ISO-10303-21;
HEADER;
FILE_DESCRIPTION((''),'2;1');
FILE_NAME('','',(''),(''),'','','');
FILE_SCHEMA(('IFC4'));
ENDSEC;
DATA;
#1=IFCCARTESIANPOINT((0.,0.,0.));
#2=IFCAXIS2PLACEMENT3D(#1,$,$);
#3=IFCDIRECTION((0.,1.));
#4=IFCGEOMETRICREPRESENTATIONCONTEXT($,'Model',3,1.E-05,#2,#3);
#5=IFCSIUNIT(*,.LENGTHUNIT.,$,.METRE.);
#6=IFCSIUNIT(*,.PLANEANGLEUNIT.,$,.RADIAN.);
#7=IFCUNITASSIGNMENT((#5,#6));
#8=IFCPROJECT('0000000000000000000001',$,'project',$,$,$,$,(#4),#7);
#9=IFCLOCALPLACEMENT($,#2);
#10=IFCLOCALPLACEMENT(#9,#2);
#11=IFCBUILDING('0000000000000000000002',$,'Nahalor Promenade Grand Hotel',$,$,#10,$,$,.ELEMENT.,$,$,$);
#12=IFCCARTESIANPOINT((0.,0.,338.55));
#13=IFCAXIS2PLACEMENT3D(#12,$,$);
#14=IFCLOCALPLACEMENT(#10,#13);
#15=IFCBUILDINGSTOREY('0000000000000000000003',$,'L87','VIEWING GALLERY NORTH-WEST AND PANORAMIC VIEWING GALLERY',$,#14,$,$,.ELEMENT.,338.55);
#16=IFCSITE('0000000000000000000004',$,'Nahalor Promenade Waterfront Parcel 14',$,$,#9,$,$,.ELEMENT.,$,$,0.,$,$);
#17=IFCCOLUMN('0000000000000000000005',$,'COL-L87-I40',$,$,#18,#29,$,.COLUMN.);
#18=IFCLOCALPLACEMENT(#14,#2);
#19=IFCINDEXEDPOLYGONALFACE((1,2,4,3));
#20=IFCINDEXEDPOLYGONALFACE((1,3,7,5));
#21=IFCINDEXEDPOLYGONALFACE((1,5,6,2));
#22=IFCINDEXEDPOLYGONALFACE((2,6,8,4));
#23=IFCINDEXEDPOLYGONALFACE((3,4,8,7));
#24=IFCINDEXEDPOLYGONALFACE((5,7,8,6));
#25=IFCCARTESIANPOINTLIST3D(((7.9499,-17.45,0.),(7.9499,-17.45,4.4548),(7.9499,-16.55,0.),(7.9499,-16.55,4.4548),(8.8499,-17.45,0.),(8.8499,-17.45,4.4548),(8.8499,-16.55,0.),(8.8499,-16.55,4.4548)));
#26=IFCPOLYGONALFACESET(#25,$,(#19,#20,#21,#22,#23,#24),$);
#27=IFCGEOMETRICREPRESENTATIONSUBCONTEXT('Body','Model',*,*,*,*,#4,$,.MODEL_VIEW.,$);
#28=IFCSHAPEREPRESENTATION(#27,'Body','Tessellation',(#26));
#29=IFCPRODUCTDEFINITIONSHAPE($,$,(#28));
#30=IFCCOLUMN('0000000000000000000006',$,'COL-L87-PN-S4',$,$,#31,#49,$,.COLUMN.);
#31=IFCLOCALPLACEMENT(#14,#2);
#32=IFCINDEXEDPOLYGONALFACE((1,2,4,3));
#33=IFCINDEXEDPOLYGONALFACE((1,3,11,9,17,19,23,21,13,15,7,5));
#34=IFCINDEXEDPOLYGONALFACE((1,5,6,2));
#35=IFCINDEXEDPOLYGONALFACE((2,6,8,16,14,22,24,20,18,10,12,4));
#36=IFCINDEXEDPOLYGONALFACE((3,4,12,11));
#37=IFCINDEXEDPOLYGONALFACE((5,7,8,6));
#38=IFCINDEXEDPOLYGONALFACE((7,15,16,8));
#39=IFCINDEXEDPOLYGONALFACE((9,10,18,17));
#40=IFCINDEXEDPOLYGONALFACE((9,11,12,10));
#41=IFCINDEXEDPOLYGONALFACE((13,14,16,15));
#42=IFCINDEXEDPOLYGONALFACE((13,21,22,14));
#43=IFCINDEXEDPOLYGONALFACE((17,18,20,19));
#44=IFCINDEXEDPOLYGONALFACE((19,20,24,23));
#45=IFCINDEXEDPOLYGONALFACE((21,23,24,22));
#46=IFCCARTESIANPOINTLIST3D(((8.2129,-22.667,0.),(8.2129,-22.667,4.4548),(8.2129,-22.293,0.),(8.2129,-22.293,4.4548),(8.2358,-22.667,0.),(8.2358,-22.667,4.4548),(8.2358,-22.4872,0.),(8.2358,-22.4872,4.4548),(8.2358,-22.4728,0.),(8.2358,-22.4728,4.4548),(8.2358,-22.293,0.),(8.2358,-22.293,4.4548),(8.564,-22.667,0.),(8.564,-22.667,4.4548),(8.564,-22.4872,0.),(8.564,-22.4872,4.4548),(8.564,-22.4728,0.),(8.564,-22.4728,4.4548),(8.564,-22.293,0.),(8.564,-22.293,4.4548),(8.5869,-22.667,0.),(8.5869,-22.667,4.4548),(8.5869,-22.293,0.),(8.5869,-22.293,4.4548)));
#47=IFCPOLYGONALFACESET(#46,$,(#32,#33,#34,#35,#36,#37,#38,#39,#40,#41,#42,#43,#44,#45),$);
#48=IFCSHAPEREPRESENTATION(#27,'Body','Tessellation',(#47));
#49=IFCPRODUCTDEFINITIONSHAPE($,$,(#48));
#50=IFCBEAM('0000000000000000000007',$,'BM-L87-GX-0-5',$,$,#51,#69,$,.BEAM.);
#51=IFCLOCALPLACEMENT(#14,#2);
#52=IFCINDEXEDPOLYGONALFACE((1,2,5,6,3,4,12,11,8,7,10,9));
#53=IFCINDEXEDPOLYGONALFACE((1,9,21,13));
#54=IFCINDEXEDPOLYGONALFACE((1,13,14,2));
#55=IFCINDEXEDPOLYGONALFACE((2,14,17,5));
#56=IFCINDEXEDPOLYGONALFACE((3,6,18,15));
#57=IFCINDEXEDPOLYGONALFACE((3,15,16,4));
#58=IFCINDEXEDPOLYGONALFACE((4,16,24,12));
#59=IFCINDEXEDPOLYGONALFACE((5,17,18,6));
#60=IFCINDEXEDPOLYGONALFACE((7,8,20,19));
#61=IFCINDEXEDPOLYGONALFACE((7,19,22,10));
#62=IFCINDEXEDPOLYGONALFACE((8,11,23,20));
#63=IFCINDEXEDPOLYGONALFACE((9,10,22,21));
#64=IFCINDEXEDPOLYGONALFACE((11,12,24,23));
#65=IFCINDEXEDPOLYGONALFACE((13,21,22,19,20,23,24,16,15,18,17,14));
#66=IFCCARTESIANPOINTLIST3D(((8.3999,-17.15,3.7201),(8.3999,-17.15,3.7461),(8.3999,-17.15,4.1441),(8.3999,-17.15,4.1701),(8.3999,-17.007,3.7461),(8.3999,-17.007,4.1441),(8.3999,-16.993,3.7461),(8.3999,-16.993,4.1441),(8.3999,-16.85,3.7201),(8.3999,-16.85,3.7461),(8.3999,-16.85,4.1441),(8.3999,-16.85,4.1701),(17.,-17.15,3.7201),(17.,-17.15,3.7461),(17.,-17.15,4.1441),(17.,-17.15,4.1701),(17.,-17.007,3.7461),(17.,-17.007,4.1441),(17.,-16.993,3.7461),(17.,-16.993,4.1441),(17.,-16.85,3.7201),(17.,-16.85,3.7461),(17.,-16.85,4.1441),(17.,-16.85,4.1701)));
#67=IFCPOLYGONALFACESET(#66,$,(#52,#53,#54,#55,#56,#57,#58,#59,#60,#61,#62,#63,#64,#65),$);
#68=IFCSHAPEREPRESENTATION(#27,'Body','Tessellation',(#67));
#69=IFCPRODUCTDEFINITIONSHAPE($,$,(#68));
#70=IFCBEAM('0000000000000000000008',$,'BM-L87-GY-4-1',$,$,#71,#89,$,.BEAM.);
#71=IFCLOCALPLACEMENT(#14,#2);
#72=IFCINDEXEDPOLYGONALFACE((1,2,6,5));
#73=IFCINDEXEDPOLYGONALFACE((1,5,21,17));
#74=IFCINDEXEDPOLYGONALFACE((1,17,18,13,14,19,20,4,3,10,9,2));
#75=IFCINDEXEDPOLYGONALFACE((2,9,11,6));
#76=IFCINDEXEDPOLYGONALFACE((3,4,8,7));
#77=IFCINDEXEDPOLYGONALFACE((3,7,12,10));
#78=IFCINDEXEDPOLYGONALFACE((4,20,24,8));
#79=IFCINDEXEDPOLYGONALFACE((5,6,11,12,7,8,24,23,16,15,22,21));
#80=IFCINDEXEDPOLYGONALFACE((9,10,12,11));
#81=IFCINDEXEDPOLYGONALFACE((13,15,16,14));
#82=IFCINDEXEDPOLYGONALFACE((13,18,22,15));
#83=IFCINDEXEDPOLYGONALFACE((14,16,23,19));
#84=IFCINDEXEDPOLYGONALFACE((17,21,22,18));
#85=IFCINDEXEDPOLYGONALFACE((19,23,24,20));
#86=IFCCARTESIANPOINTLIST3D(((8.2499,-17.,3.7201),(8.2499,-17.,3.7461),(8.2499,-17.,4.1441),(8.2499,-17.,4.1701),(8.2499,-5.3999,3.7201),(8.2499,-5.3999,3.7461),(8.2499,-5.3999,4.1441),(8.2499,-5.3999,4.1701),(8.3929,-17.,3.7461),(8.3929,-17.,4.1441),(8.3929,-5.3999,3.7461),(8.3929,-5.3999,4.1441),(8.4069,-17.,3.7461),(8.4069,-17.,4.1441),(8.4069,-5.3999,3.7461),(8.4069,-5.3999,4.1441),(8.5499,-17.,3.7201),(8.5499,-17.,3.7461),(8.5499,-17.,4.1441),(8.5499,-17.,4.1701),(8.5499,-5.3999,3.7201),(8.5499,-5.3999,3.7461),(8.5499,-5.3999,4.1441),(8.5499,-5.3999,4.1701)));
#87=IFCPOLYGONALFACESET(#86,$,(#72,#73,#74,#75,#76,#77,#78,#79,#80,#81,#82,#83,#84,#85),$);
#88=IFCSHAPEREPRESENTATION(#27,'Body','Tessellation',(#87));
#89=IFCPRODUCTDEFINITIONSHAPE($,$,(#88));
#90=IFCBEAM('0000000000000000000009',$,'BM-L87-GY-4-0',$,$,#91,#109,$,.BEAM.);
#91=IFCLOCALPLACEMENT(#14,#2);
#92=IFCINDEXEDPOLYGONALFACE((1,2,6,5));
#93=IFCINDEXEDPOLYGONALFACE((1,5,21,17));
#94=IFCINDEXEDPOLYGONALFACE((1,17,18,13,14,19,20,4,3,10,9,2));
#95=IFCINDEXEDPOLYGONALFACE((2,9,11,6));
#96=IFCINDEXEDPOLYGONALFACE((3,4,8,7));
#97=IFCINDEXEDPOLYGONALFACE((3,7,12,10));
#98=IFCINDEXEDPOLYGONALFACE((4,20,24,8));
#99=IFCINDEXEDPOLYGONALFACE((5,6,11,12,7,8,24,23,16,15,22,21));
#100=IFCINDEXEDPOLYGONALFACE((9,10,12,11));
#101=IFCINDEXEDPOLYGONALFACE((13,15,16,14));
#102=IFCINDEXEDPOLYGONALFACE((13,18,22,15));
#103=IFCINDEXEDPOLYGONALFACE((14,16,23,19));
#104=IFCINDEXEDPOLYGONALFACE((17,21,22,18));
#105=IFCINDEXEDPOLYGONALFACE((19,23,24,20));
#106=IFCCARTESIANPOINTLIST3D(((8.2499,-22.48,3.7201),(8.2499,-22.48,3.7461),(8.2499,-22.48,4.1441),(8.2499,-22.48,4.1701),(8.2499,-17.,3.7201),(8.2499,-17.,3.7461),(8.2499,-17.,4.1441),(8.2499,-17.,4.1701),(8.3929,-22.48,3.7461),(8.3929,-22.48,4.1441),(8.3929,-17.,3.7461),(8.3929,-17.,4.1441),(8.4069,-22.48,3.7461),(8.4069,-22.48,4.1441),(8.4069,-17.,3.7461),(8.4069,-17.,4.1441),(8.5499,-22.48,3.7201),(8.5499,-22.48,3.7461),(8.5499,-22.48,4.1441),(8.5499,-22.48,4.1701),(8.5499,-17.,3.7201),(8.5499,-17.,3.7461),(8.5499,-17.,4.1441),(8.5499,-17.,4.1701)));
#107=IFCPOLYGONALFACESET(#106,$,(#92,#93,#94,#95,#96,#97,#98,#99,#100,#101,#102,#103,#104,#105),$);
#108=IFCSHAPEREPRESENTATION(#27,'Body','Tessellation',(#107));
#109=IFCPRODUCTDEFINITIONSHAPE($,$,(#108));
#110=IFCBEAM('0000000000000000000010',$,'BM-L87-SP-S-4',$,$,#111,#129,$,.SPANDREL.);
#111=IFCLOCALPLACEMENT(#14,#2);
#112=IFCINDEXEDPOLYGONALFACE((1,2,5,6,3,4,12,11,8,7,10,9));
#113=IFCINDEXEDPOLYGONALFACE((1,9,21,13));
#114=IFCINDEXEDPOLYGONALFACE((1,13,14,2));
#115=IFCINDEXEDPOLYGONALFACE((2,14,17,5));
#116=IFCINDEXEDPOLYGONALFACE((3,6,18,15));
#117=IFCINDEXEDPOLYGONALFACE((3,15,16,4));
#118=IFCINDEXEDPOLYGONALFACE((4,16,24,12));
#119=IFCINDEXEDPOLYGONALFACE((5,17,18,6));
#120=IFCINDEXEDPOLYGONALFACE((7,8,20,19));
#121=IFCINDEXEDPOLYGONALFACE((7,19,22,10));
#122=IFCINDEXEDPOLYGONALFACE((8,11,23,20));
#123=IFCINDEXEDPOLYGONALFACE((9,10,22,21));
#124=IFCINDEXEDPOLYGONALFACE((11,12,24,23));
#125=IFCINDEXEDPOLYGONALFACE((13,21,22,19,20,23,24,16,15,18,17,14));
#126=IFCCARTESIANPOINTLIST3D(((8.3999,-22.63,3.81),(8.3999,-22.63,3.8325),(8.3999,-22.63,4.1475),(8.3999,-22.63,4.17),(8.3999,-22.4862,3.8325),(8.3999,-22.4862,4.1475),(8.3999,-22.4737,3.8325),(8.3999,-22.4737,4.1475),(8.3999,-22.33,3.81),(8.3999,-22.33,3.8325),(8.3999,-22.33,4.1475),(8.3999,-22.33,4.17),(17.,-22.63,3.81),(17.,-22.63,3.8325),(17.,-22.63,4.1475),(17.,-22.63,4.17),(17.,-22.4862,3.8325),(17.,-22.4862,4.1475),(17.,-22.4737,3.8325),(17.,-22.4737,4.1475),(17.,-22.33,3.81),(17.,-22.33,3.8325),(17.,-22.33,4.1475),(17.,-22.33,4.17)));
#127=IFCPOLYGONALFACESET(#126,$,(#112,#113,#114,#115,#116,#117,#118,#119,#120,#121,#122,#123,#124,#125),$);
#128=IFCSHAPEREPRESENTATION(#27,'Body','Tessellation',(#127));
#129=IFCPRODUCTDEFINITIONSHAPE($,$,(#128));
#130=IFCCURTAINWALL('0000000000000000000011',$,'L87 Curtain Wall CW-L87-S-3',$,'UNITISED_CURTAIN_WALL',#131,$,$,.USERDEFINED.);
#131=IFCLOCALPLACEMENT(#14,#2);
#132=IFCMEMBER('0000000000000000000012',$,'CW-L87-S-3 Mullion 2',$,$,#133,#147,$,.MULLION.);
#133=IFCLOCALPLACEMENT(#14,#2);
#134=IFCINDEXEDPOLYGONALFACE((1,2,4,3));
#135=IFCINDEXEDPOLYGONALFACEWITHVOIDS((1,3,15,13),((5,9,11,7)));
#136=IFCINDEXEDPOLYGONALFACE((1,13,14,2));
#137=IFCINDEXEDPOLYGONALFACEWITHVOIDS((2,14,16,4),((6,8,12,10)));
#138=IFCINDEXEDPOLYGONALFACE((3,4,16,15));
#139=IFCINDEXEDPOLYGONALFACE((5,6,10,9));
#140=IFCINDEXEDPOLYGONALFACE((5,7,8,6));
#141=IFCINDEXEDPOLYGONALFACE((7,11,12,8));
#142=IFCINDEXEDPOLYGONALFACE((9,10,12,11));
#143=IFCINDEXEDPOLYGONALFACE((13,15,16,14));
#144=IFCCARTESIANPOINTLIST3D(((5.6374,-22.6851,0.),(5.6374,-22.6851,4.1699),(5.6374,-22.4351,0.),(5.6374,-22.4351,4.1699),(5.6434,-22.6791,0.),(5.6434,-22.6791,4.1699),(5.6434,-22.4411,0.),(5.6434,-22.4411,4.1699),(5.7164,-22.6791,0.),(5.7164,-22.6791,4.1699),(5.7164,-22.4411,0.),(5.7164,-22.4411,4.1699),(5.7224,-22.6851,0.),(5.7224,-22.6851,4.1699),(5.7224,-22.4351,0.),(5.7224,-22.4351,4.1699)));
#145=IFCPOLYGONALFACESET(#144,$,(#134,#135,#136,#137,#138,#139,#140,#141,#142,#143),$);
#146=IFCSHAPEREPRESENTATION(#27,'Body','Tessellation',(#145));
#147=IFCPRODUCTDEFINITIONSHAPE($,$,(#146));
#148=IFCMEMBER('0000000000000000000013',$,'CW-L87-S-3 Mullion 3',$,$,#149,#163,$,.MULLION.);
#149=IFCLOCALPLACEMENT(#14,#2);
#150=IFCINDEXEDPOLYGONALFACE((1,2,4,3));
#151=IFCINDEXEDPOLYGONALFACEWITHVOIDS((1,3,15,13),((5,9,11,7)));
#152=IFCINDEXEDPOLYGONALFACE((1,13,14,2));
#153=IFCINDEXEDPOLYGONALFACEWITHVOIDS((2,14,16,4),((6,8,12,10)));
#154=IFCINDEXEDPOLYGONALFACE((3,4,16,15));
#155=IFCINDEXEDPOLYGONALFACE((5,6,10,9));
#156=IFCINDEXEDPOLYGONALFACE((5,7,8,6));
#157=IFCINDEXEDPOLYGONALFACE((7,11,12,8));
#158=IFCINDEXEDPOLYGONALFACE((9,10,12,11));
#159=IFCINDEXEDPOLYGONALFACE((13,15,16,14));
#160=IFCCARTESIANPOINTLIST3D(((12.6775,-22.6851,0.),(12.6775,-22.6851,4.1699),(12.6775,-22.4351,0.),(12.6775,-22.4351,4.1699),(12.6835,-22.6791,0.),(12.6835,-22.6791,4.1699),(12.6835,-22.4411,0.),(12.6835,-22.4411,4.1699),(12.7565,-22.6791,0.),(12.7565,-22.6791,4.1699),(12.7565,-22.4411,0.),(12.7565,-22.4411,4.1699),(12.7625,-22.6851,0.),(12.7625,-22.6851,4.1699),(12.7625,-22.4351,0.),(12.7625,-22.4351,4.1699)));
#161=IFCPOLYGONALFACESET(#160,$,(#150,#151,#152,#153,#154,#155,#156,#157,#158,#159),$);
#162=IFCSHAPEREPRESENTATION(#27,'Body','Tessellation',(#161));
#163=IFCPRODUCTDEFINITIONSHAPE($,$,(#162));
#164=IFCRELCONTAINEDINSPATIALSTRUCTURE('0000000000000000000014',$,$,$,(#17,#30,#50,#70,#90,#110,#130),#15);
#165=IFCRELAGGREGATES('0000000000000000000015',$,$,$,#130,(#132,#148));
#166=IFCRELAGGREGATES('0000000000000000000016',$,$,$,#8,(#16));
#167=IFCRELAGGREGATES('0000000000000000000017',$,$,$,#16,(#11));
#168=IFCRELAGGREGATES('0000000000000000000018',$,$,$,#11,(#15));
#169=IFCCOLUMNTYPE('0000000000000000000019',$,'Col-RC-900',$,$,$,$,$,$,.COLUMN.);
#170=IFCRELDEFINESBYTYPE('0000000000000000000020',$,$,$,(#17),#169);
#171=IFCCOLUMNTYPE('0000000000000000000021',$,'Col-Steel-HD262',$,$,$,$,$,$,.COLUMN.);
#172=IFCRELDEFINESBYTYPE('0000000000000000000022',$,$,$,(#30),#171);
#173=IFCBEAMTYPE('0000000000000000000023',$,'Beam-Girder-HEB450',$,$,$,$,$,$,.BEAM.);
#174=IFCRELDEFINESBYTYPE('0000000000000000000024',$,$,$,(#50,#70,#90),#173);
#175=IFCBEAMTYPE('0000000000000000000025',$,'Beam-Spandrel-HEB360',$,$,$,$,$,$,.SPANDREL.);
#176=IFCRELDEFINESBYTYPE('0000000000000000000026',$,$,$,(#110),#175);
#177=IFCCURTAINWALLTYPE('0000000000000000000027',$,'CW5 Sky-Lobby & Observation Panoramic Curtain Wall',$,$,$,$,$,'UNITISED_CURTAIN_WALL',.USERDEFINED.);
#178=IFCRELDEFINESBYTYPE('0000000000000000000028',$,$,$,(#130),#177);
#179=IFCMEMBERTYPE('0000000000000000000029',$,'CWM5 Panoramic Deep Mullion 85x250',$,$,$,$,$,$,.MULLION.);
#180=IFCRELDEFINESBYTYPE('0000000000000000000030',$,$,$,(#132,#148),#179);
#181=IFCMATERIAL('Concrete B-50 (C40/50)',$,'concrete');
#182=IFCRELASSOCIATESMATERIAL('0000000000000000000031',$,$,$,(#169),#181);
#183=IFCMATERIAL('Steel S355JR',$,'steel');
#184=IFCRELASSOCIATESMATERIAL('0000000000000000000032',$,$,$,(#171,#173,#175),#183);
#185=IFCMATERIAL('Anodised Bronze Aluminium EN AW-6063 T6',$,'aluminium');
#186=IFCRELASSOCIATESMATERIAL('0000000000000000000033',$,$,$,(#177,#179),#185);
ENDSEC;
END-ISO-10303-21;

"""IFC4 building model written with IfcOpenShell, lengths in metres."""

from ifc_helpers import new_model, si_unit, direction, frame, origin, origin_2d, place, context, subcontext, project, spatial, rectangle, hollow_rectangle, i_section, extrude, source, transform, mapped, material, material_profile, profile_set, type_object, element, aggregate, save


model = new_model("IFC4")

# Units and contexts
model_context = context("Model", 3, precision=1e-05, world=origin(), true_north=direction((0.0, 1.0)))
body_context = subcontext(model_context, "Body", "Model", "MODEL_VIEW")
ifc_project = project(units=[si_unit("LENGTHUNIT", "METRE"), si_unit("PLANEANGLEUNIT", "RADIAN")], contexts=[model_context])

# Site, building, storey
site_placement = place(None, origin())
site = spatial("IfcSite", under=ifc_project, at=site_placement, Name="Nahalor Promenade Waterfront Parcel 14", CompositionType="ELEMENT", RefElevation=0.0)
building_placement = place(site_placement, origin())
building = spatial("IfcBuilding", under=site, at=building_placement, Name="Nahalor Promenade Grand Hotel", CompositionType="ELEMENT")
storey_placement = place(building_placement, frame((0.0, 0.0, 338.55)))
storey = spatial("IfcBuildingStorey", under=building, at=storey_placement, Name="L87", Description="VIEWING GALLERY NORTH-WEST AND PANORAMIC VIEWING GALLERY", CompositionType="ELEMENT", Elevation=338.55)

# Columns
ifc_material_1 = material(Name="Concrete B-50 (C40/50)", Category="concrete")
ifc_material_profile_1 = material_profile(ifc_material_1, rectangle(XDim=0.9, YDim=0.9, at=origin_2d()), Name="RC 900x900")
ifc_profile_set_1 = profile_set([ifc_material_profile_1], Name="Concrete B-50 (C40/50)")
column_type_1 = type_object("IfcColumnType", Name="Col-RC-900", PredefinedType="COLUMN", material=ifc_profile_set_1)
shared_shape_1 = source(origin(), body_context, "Body", "SweptSolid", [
    extrude(rectangle(XDim=0.9, YDim=0.9, at=origin_2d()), origin(), (0.0, 0.0, 1.0), 4.4548),
])
column_1_placement = place(storey_placement, frame((8.3999, -17.0, 0.0), z_axis=(0.0, 0.0, 1.0), x_axis=(1.0, 0.0, 0.0)))
element("IfcColumn", 1, at=column_1_placement, inside=storey, type_object=column_type_1, Name="COL-L87-I40", PredefinedType="COLUMN", context=body_context, shape_type="MappedRepresentation", body=[
    mapped(shared_shape_1, transform((0.0, 0.0, 0.0), scale=1.0)),
])
ifc_material_2 = material(Name="Steel S355JR", Category="steel")
ifc_material_profile_2 = material_profile(ifc_material_2, i_section(OverallWidth=0.374, OverallDepth=0.374, WebThickness=0.0144, FlangeThickness=0.0229, at=origin_2d()), Name="HD 360x262")
ifc_profile_set_2 = profile_set([ifc_material_profile_2], Name="Steel S355JR")
column_type_2 = type_object("IfcColumnType", Name="Col-Steel-HD262", PredefinedType="COLUMN", material=ifc_profile_set_2)
shared_shape_2 = source(origin(), body_context, "Body", "SweptSolid", [
    extrude(i_section(OverallWidth=0.374, OverallDepth=0.374, WebThickness=0.0144, FlangeThickness=0.0229, at=origin_2d()), origin(), (0.0, 0.0, 1.0), 4.4548),
])
column_2_placement = place(storey_placement, frame((8.3999, -22.48, 0.0), z_axis=(0.0, 0.0, 1.0), x_axis=(0.0, 1.0, 0.0)))
element("IfcColumn", 2, at=column_2_placement, inside=storey, type_object=column_type_2, Name="COL-L87-PN-S4", PredefinedType="COLUMN", context=body_context, shape_type="MappedRepresentation", body=[
    mapped(shared_shape_2, transform((0.0, 0.0, 0.0), scale=1.0)),
])

# Beams
ifc_material_profile_3 = material_profile(ifc_material_2, i_section(OverallWidth=0.3, OverallDepth=0.45, WebThickness=0.014, FlangeThickness=0.026, at=origin_2d()), Name="HEB 450")
ifc_profile_set_3 = profile_set([ifc_material_profile_3], Name="Steel S355JR")
beam_type_1 = type_object("IfcBeamType", Name="Beam-Girder-HEB450", PredefinedType="BEAM", material=ifc_profile_set_3)
shared_shape_3 = source(origin(), body_context, "Body", "SweptSolid", [
    extrude(i_section(OverallWidth=0.3, OverallDepth=0.45, WebThickness=0.014, FlangeThickness=0.026, at=origin_2d()), origin(), (0.0, 0.0, 1.0), 8.6001),
])
beam_1_placement = place(storey_placement, frame((8.3999, -17.0, 3.9451), z_axis=(1.0, 0.0, 0.0), x_axis=(0.0, 1.0, 0.0)))
element("IfcBeam", 3, at=beam_1_placement, inside=storey, type_object=beam_type_1, Name="BM-L87-GX-0-5", PredefinedType="BEAM", context=body_context, shape_type="MappedRepresentation", body=[
    mapped(shared_shape_3, transform((0.0, 0.0, 0.0), scale=1.0)),
])
shared_shape_4 = source(origin(), body_context, "Body", "SweptSolid", [
    extrude(i_section(OverallWidth=0.3, OverallDepth=0.45, WebThickness=0.014, FlangeThickness=0.026, at=origin_2d()), origin(), (0.0, 0.0, 1.0), 11.6001),
])
beam_2_placement = place(storey_placement, frame((8.3999, -17.0, 3.9451), z_axis=(0.0, 1.0, 0.0), x_axis=(-1.0, 0.0, 0.0)))
element("IfcBeam", 4, at=beam_2_placement, inside=storey, type_object=beam_type_1, Name="BM-L87-GY-4-1", PredefinedType="BEAM", context=body_context, shape_type="MappedRepresentation", body=[
    mapped(shared_shape_4, transform((0.0, 0.0, 0.0), scale=1.0)),
])
shared_shape_5 = source(origin(), body_context, "Body", "SweptSolid", [
    extrude(i_section(OverallWidth=0.3, OverallDepth=0.45, WebThickness=0.014, FlangeThickness=0.026, at=origin_2d()), origin(), (0.0, 0.0, 1.0), 5.48),
])
beam_3_placement = place(storey_placement, frame((8.3999, -22.48, 3.9451), z_axis=(0.0, 1.0, 0.0), x_axis=(-1.0, 0.0, 0.0)))
element("IfcBeam", 5, at=beam_3_placement, inside=storey, type_object=beam_type_1, Name="BM-L87-GY-4-0", PredefinedType="BEAM", context=body_context, shape_type="MappedRepresentation", body=[
    mapped(shared_shape_5, transform((0.0, 0.0, 0.0), scale=1.0)),
])
ifc_material_profile_4 = material_profile(ifc_material_2, i_section(OverallWidth=0.3, OverallDepth=0.36, WebThickness=0.0125, FlangeThickness=0.0225, at=origin_2d()), Name="HEB 360")
ifc_profile_set_4 = profile_set([ifc_material_profile_4], Name="Steel S355JR")
beam_type_2 = type_object("IfcBeamType", Name="Beam-Spandrel-HEB360", PredefinedType="SPANDREL", material=ifc_profile_set_4)
shared_shape_6 = source(origin(), body_context, "Body", "SweptSolid", [
    extrude(i_section(OverallWidth=0.3, OverallDepth=0.36, WebThickness=0.0125, FlangeThickness=0.0225, at=origin_2d()), origin(), (0.0, 0.0, 1.0), 8.6001),
])
beam_4_placement = place(storey_placement, frame((8.3999, -22.48, 3.99), z_axis=(1.0, 0.0, 0.0), x_axis=(0.0, 1.0, 0.0)))
element("IfcBeam", 6, at=beam_4_placement, inside=storey, type_object=beam_type_2, Name="BM-L87-SP-S-4", PredefinedType="SPANDREL", context=body_context, shape_type="MappedRepresentation", body=[
    mapped(shared_shape_6, transform((0.0, 0.0, 0.0), scale=1.0)),
])

# Curtain wall, members
ifc_material_3 = material(Name="Anodised Bronze Aluminium EN AW-6063 T6", Category="aluminium")
curtain_wall_type = type_object("IfcCurtainWallType", Name="CW5 Sky-Lobby & Observation Panoramic Curtain Wall", ElementType="UNITISED_CURTAIN_WALL", PredefinedType="USERDEFINED", material=ifc_material_3)
curtain_wall_placement = place(storey_placement, origin())
curtain_wall = element("IfcCurtainWall", 7, at=curtain_wall_placement, inside=storey, type_object=curtain_wall_type, Name="L87 Curtain Wall CW-L87-S-3", ObjectType="UNITISED_CURTAIN_WALL", PredefinedType="USERDEFINED")
ifc_material_profile_5 = material_profile(ifc_material_3, hollow_rectangle(XDim=0.085, YDim=0.25, WallThickness=0.006, at=origin_2d()), Name="CWM 85x250x6")
ifc_profile_set_5 = profile_set([ifc_material_profile_5], Name="Anodised Bronze Aluminium EN AW-6063 T6")
member_type_1 = type_object("IfcMemberType", Name="CWM5 Panoramic Deep Mullion 85x250", PredefinedType="MULLION", material=ifc_profile_set_5)
shared_shape_7 = source(origin(), body_context, "Body", "SweptSolid", [
    extrude(hollow_rectangle(XDim=0.085, YDim=0.25, WallThickness=0.006, at=origin_2d()), origin(), (0.0, 0.0, 1.0), 4.1699),
])
member_1_placement = place(storey_placement, frame((5.6799, -22.5601, 0.0), z_axis=(0.0, 0.0, 1.0), x_axis=(1.0, 0.0, 0.0)))
member_1 = element("IfcMember", 8, at=member_1_placement, type_object=member_type_1, Name="CW-L87-S-3 Mullion 2", PredefinedType="MULLION", context=body_context, shape_type="MappedRepresentation", body=[
    mapped(shared_shape_7, transform((0.0, 0.0, 0.0), scale=1.0)),
])
member_2_placement = place(storey_placement, frame((12.72, -22.5601, 0.0), z_axis=(0.0, 0.0, 1.0), x_axis=(1.0, 0.0, 0.0)))
member_2 = element("IfcMember", 9, at=member_2_placement, type_object=member_type_1, Name="CW-L87-S-3 Mullion 3", PredefinedType="MULLION", context=body_context, shape_type="MappedRepresentation", body=[
    mapped(shared_shape_7, transform((0.0, 0.0, 0.0), scale=1.0)),
])
aggregate(curtain_wall, [member_1, member_2])

save(model, "model.ifc")
